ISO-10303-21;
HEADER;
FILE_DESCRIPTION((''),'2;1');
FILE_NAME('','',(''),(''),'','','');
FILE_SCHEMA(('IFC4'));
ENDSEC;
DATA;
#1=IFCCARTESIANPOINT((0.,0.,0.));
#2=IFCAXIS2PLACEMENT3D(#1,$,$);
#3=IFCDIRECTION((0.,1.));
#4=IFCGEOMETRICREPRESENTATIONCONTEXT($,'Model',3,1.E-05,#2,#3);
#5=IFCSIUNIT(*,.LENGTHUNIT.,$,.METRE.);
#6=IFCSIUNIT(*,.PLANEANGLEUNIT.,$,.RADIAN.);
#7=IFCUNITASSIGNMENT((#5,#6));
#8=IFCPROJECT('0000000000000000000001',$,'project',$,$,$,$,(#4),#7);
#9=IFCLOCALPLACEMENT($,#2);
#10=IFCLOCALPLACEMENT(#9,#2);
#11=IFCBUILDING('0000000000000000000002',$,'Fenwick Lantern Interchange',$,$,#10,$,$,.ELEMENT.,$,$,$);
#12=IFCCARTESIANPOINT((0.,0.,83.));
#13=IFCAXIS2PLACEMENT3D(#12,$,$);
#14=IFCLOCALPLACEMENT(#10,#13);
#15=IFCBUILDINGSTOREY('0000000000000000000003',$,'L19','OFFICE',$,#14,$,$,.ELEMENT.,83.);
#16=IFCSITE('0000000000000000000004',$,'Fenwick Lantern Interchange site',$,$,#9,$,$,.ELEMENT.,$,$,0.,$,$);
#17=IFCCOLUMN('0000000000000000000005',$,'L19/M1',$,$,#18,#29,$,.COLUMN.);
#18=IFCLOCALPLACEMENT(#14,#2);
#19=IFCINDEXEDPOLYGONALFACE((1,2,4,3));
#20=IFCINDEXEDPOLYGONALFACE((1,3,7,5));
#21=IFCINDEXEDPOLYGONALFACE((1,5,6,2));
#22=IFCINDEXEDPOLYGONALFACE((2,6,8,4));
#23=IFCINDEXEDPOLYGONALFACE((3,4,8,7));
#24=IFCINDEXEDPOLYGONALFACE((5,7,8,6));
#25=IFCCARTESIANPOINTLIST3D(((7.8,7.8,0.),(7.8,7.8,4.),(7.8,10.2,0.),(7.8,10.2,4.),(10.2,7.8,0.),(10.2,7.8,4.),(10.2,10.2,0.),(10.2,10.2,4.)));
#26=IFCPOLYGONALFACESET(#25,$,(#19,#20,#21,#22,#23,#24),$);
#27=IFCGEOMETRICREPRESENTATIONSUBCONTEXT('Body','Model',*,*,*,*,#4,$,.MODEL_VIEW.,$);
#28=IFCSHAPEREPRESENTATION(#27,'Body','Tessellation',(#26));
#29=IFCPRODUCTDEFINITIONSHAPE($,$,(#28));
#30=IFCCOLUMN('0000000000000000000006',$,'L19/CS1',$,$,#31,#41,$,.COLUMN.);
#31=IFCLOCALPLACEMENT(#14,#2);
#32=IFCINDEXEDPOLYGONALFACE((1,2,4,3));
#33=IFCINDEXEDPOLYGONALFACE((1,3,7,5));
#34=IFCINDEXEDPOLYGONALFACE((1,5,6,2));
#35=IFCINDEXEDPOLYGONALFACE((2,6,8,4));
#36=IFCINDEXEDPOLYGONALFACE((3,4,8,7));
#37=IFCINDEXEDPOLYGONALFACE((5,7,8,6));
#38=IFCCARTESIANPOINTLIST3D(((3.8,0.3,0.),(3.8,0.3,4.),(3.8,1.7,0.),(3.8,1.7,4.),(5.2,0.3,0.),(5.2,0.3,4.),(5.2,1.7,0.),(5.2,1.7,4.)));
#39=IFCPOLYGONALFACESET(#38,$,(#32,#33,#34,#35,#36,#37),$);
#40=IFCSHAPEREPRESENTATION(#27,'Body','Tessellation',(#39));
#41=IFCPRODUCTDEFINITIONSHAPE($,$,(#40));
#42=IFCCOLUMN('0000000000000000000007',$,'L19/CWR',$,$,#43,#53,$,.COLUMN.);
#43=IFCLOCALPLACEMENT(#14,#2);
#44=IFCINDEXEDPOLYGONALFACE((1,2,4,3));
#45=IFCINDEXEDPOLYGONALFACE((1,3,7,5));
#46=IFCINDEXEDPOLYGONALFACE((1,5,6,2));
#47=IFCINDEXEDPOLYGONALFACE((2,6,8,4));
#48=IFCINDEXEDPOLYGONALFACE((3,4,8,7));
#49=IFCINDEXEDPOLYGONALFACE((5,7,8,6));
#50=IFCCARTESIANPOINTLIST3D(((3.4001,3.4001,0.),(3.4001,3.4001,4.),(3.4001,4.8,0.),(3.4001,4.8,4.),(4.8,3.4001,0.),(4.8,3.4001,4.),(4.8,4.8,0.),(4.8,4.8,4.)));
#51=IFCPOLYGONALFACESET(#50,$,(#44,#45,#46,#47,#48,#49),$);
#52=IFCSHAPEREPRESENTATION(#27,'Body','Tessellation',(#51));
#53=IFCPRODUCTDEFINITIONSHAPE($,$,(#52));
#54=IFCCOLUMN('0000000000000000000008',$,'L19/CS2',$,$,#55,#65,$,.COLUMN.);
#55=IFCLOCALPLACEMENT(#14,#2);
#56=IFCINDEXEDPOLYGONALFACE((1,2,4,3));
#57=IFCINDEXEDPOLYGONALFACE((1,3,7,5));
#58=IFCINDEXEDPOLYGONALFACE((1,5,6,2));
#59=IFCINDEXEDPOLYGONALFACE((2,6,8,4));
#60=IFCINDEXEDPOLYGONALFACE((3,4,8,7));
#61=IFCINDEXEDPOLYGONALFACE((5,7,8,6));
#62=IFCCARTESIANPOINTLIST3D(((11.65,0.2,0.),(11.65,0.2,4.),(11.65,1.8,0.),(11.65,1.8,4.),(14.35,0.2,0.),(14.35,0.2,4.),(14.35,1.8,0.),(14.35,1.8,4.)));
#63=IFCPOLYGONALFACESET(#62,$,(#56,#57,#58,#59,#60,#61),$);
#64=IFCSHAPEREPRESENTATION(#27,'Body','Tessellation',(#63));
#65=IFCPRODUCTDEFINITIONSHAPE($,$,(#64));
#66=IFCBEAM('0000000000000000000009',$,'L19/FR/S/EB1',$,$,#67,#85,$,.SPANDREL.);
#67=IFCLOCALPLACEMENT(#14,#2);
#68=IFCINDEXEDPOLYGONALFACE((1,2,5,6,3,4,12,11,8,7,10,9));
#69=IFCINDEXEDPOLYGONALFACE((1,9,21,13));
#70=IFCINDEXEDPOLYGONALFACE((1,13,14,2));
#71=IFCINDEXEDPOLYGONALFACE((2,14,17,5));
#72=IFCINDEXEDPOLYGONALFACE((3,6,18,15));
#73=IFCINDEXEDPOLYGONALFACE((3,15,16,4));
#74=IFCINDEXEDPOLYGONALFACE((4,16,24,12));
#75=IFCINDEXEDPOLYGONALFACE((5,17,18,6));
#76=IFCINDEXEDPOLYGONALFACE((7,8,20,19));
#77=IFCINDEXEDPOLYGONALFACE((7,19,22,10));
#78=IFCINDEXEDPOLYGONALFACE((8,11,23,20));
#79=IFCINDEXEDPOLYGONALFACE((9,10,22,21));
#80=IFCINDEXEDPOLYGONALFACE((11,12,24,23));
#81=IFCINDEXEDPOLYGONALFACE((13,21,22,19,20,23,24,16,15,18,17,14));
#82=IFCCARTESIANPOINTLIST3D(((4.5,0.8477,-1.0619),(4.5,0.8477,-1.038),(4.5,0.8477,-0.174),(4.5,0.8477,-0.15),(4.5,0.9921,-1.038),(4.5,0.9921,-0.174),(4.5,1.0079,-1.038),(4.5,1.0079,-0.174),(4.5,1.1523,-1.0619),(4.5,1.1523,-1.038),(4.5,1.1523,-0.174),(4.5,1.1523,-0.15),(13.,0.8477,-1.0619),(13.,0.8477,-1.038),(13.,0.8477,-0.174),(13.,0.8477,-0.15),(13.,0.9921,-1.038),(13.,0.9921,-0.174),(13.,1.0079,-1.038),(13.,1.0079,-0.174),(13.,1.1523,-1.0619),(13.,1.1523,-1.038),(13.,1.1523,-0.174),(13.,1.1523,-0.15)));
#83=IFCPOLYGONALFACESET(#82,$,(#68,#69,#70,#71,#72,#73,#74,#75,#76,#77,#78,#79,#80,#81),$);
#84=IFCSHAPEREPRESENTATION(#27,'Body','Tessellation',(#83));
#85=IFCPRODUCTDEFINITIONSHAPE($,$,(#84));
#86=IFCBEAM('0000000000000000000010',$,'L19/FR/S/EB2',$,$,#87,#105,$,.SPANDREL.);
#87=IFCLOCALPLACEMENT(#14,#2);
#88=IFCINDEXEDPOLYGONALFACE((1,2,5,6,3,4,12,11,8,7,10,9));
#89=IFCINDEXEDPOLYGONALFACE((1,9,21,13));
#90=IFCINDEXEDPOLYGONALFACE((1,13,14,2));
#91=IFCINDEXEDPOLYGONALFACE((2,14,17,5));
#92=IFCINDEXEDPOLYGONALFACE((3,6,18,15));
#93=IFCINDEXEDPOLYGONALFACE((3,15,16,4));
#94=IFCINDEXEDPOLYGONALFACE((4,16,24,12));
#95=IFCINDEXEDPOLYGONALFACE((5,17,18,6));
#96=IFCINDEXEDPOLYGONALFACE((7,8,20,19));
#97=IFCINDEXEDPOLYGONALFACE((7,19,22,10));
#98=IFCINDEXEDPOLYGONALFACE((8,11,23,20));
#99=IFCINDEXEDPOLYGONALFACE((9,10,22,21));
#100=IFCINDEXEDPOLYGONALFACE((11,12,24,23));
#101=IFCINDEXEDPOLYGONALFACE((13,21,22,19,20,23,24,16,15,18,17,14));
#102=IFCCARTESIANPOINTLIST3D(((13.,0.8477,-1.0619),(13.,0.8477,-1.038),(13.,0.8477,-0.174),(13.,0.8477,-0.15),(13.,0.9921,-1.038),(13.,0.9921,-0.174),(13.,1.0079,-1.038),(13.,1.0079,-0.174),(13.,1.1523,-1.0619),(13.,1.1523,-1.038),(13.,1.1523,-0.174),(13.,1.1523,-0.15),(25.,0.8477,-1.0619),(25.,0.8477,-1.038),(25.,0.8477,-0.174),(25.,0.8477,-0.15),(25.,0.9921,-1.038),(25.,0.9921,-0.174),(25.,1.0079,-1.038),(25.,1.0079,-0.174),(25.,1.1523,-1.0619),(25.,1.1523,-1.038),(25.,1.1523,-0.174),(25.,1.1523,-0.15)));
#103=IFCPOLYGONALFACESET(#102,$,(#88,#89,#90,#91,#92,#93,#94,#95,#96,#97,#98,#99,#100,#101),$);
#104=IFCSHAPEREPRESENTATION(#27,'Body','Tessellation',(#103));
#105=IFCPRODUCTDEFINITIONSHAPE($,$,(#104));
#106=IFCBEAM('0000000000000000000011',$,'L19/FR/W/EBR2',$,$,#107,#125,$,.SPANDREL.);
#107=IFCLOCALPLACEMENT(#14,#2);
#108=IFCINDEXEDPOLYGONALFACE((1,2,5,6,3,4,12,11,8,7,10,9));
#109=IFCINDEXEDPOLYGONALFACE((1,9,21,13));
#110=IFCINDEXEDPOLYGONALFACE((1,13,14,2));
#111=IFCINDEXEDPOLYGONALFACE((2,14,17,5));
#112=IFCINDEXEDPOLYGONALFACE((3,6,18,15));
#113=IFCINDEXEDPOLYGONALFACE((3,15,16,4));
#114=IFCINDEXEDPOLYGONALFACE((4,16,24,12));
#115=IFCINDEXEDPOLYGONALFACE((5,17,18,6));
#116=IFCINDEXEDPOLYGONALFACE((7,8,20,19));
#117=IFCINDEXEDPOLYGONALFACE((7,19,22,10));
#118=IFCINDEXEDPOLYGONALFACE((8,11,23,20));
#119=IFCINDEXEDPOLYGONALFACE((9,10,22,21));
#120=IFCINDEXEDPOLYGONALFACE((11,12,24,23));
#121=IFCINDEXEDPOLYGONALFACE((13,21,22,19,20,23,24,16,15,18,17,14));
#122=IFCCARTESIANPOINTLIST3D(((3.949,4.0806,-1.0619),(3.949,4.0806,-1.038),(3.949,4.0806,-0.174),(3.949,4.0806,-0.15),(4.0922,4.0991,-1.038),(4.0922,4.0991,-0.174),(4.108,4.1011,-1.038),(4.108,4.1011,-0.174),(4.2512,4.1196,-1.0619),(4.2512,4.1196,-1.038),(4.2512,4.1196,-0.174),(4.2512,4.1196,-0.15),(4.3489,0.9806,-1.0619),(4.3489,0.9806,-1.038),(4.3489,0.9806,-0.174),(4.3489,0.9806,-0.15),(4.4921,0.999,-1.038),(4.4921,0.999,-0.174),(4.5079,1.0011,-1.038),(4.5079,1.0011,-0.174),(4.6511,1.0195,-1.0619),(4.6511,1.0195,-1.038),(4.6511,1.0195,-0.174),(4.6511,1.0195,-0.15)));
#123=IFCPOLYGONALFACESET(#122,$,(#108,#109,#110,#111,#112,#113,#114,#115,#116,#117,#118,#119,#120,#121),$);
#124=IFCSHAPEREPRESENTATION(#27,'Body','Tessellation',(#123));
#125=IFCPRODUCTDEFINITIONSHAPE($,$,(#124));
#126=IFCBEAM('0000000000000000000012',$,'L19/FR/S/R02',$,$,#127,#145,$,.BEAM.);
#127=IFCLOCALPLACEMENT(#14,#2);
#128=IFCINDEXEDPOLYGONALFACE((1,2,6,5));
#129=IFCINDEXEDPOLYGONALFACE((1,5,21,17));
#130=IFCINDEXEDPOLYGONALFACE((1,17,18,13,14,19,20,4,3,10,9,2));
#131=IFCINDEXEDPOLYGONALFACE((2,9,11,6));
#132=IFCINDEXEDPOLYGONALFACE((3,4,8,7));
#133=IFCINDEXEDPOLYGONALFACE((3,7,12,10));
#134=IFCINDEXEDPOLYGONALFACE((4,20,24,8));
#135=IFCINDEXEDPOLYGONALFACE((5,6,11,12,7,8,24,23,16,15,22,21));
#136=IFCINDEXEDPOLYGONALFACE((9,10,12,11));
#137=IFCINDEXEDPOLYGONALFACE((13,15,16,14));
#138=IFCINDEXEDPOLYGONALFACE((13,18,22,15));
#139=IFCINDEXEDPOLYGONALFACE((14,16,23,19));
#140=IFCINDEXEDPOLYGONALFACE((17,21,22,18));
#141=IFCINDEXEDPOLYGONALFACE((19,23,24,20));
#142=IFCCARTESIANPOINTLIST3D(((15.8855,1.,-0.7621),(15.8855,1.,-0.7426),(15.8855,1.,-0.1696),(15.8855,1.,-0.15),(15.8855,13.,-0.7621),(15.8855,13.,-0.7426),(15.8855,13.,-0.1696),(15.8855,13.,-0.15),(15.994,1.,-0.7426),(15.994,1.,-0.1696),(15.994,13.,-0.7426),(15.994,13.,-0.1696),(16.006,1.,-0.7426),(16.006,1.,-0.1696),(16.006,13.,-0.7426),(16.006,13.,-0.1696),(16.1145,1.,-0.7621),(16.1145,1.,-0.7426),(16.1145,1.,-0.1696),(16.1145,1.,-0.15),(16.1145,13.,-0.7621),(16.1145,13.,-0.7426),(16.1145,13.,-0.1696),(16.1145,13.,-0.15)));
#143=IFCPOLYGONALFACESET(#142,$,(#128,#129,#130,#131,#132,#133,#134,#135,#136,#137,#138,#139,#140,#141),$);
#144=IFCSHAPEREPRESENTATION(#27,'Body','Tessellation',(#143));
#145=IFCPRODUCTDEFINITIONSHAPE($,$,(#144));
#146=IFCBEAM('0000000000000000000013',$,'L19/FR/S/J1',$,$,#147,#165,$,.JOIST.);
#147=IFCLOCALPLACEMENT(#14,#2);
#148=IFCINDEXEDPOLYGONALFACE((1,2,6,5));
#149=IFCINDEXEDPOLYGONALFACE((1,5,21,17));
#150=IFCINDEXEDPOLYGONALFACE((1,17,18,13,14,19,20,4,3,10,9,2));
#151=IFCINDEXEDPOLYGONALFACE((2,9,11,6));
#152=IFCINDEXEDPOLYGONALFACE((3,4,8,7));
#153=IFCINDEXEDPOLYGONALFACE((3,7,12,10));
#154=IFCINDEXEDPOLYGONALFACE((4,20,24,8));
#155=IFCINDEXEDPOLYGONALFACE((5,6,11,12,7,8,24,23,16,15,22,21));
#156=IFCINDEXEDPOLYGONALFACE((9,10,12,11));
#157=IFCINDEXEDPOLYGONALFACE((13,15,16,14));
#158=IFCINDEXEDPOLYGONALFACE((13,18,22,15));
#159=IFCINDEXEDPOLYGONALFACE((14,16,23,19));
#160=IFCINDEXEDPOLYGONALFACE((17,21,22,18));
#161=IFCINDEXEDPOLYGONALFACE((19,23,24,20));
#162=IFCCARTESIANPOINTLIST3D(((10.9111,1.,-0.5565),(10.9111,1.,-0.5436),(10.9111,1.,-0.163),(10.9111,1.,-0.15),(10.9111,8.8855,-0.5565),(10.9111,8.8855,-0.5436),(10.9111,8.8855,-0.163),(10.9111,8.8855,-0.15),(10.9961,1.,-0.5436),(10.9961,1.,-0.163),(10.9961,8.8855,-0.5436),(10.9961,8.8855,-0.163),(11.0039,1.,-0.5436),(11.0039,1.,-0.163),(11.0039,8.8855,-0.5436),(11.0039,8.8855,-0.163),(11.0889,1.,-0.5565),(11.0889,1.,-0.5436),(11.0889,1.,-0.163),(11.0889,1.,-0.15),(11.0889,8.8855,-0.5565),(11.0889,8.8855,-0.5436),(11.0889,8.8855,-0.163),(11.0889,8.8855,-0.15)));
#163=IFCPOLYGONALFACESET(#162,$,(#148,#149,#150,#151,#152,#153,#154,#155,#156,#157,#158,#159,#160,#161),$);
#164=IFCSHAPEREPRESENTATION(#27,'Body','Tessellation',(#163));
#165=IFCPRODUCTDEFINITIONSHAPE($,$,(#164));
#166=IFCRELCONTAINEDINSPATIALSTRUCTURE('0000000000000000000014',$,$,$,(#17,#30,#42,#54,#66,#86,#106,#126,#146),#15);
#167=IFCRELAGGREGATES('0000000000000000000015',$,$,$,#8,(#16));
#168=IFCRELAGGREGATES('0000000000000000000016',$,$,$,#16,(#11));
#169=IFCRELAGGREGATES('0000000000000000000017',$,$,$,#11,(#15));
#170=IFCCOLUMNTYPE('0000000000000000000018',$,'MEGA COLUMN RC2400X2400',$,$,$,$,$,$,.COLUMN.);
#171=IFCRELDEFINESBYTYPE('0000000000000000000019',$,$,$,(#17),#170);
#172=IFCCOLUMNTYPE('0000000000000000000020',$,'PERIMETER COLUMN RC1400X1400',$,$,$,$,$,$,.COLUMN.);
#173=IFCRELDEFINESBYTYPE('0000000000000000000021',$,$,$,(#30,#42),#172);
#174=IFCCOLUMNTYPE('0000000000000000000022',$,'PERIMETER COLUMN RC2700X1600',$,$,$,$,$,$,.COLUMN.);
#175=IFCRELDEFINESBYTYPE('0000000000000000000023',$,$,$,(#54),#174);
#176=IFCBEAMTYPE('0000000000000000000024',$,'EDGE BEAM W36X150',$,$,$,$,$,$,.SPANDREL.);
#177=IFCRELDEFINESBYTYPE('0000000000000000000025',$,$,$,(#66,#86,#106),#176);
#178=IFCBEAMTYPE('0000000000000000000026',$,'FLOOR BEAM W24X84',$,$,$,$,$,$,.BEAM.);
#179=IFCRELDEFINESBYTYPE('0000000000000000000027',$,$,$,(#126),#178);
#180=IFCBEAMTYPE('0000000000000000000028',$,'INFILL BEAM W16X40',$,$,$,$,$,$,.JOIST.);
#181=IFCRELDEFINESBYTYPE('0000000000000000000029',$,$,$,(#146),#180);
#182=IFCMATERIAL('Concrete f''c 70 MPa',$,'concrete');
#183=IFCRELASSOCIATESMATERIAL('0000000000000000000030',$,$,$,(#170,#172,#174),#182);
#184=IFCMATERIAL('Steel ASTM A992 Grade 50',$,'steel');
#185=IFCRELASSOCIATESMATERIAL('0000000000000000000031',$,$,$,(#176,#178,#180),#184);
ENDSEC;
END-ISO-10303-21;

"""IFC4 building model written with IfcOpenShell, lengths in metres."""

from ifc_helpers import new_model, si_unit, direction, frame, origin, origin_2d, place, context, subcontext, project, spatial, rectangle, i_section, extrude, material, material_profile, profile_set, type_object, element, save


model = new_model("IFC4")

# Units and contexts
model_context = context("Model", 3, precision=1e-05, world=origin(), true_north=direction((0.0, 1.0)))
body_context = subcontext(model_context, "Body", "Model", "MODEL_VIEW")
ifc_project = project(units=[si_unit("LENGTHUNIT", "METRE"), si_unit("PLANEANGLEUNIT", "RADIAN")], contexts=[model_context])

# Site, building, storey
site_placement = place(None, origin())
site = spatial("IfcSite", under=ifc_project, at=site_placement, Name="Fenwick Lantern Interchange site", CompositionType="ELEMENT", RefElevation=0.0)
building_placement = place(site_placement, origin())
building = spatial("IfcBuilding", under=site, at=building_placement, Name="Fenwick Lantern Interchange", CompositionType="ELEMENT")
storey_placement = place(building_placement, frame((0.0, 0.0, 83.0)))
storey = spatial("IfcBuildingStorey", under=building, at=storey_placement, Name="L19", Description="OFFICE", CompositionType="ELEMENT", Elevation=83.0)

# Columns
ifc_material_1 = material(Name="Concrete f'c 70 MPa", Category="concrete")
ifc_material_profile_1 = material_profile(ifc_material_1, rectangle(XDim=2.3999, YDim=2.3999, at=origin_2d()), Name="RC2400X2400")
ifc_profile_set_1 = profile_set([ifc_material_profile_1], Name="Concrete f'c 70 MPa")
column_type_1 = type_object("IfcColumnType", Name="MEGA COLUMN RC2400X2400", PredefinedType="COLUMN", material=ifc_profile_set_1)
column_1_placement = place(storey_placement, frame((9.0, 9.0, 0.0), z_axis=(0.0, 0.0, 1.0), x_axis=(1.0, 0.0, 0.0)))
element("IfcColumn", 1, at=column_1_placement, inside=storey, type_object=column_type_1, Name="L19/M1", PredefinedType="COLUMN", context=body_context, shape_type="SweptSolid", body=[
    extrude(rectangle(XDim=2.3999, YDim=2.3999, at=origin_2d()), origin(), (0.0, 0.0, 1.0), 4.0),
])
ifc_material_profile_2 = material_profile(ifc_material_1, rectangle(XDim=1.3999, YDim=1.3999, at=origin_2d()), Name="RC1400X1400")
ifc_profile_set_2 = profile_set([ifc_material_profile_2], Name="Concrete f'c 70 MPa")
column_type_2 = type_object("IfcColumnType", Name="PERIMETER COLUMN RC1400X1400", PredefinedType="COLUMN", material=ifc_profile_set_2)
for number, where, z_axis, x_axis, name in (
    (2, (4.5, 1.0, 0.0), (0.0, 0.0, 1.0), (1.0, 0.0, 0.0), "L19/CS1"),
    (3, (4.1001, 4.1001, 0.0), (0.0, 0.0, 1.0), (1.0, 0.0, 0.0), "L19/CWR"),
):
    element("IfcColumn", number, at=place(storey_placement, frame(where, z_axis=z_axis, x_axis=x_axis)), inside=storey, type_object=column_type_2, Name=name, PredefinedType="COLUMN", context=body_context, shape_type="SweptSolid", body=[
        extrude(rectangle(XDim=1.3999, YDim=1.3999, at=origin_2d()), origin(), (0.0, 0.0, 1.0), 4.0),
    ])
ifc_material_profile_3 = material_profile(ifc_material_1, rectangle(XDim=2.7, YDim=1.6001, at=origin_2d()), Name="RC2700X1600")
ifc_profile_set_3 = profile_set([ifc_material_profile_3], Name="Concrete f'c 70 MPa")
column_type_3 = type_object("IfcColumnType", Name="PERIMETER COLUMN RC2700X1600", PredefinedType="COLUMN", material=ifc_profile_set_3)
column_2_placement = place(storey_placement, frame((13.0, 1.0, 0.0), z_axis=(0.0, 0.0, 1.0), x_axis=(1.0, 0.0, 0.0)))
element("IfcColumn", 4, at=column_2_placement, inside=storey, type_object=column_type_3, Name="L19/CS2", PredefinedType="COLUMN", context=body_context, shape_type="SweptSolid", body=[
    extrude(rectangle(XDim=2.7, YDim=1.6001, at=origin_2d()), origin(), (0.0, 0.0, 1.0), 4.0),
])

# Beams
ifc_material_2 = material(Name="Steel ASTM A992 Grade 50", Category="steel")
ifc_material_profile_4 = material_profile(ifc_material_2, i_section(OverallWidth=0.3047, OverallDepth=0.9119, WebThickness=0.0159, FlangeThickness=0.0239, at=origin_2d()), Name="W36X150")
ifc_profile_set_4 = profile_set([ifc_material_profile_4], Name="Steel ASTM A992 Grade 50")
beam_type_1 = type_object("IfcBeamType", Name="EDGE BEAM W36X150", PredefinedType="SPANDREL", material=ifc_profile_set_4)
beam_1_placement = place(storey_placement, frame((4.5, 1.0, -0.606), z_axis=(1.0, 0.0, 0.0), x_axis=(0.0, 1.0, 0.0)))
element("IfcBeam", 5, at=beam_1_placement, inside=storey, type_object=beam_type_1, Name="L19/FR/S/EB1", PredefinedType="SPANDREL", context=body_context, shape_type="SweptSolid", body=[
    extrude(i_section(OverallWidth=0.3047, OverallDepth=0.9119, WebThickness=0.0159, FlangeThickness=0.0239, at=origin_2d()), origin(), (0.0, 0.0, 1.0), 8.5),
])
beam_2_placement = place(storey_placement, frame((13.0, 1.0, -0.606), z_axis=(1.0, 0.0, 0.0), x_axis=(0.0, 1.0, 0.0)))
element("IfcBeam", 6, at=beam_2_placement, inside=storey, type_object=beam_type_1, Name="L19/FR/S/EB2", PredefinedType="SPANDREL", context=body_context, shape_type="SweptSolid", body=[
    extrude(i_section(OverallWidth=0.3047, OverallDepth=0.9119, WebThickness=0.0159, FlangeThickness=0.0239, at=origin_2d()), origin(), (0.0, 0.0, 1.0), 12.0),
])
beam_3_placement = place(storey_placement, frame((4.1001, 4.1001, -0.606), z_axis=(0.127937, -0.991782, 0.0), x_axis=(0.991782, 0.127937, 0.0)))
element("IfcBeam", 7, at=beam_3_placement, inside=storey, type_object=beam_type_1, Name="L19/FR/W/EBR2", PredefinedType="SPANDREL", context=body_context, shape_type="SweptSolid", body=[
    extrude(i_section(OverallWidth=0.3047, OverallDepth=0.9119, WebThickness=0.0159, FlangeThickness=0.0239, at=origin_2d()), origin(), (0.0, 0.0, 1.0), 3.1257),
])
ifc_material_profile_5 = material_profile(ifc_material_2, i_section(OverallWidth=0.229, OverallDepth=0.6121, WebThickness=0.012, FlangeThickness=0.0195, at=origin_2d()), Name="W24X84")
ifc_profile_set_5 = profile_set([ifc_material_profile_5], Name="Steel ASTM A992 Grade 50")
beam_type_2 = type_object("IfcBeamType", Name="FLOOR BEAM W24X84", PredefinedType="BEAM", material=ifc_profile_set_5)
beam_4_placement = place(storey_placement, frame((16.0, 1.0, -0.4561), z_axis=(0.0, 1.0, 0.0), x_axis=(-1.0, 0.0, 0.0)))
element("IfcBeam", 8, at=beam_4_placement, inside=storey, type_object=beam_type_2, Name="L19/FR/S/R02", PredefinedType="BEAM", context=body_context, shape_type="SweptSolid", body=[
    extrude(i_section(OverallWidth=0.229, OverallDepth=0.6121, WebThickness=0.012, FlangeThickness=0.0195, at=origin_2d()), origin(), (0.0, 0.0, 1.0), 12.0),
])
ifc_material_profile_6 = material_profile(ifc_material_2, i_section(OverallWidth=0.1777, OverallDepth=0.4065, WebThickness=0.0078, FlangeThickness=0.0129, at=origin_2d()), Name="W16X40")
ifc_profile_set_6 = profile_set([ifc_material_profile_6], Name="Steel ASTM A992 Grade 50")
beam_type_3 = type_object("IfcBeamType", Name="INFILL BEAM W16X40", PredefinedType="JOIST", material=ifc_profile_set_6)
beam_5_placement = place(storey_placement, frame((11.0, 1.0, -0.3533), z_axis=(0.0, 1.0, 0.0), x_axis=(-1.0, 0.0, 0.0)))
element("IfcBeam", 9, at=beam_5_placement, inside=storey, type_object=beam_type_3, Name="L19/FR/S/J1", PredefinedType="JOIST", context=body_context, shape_type="SweptSolid", body=[
    extrude(i_section(OverallWidth=0.1777, OverallDepth=0.4065, WebThickness=0.0078, FlangeThickness=0.0129, at=origin_2d()), origin(), (0.0, 0.0, 1.0), 7.8855),
])

save(model, "model.ifc")
